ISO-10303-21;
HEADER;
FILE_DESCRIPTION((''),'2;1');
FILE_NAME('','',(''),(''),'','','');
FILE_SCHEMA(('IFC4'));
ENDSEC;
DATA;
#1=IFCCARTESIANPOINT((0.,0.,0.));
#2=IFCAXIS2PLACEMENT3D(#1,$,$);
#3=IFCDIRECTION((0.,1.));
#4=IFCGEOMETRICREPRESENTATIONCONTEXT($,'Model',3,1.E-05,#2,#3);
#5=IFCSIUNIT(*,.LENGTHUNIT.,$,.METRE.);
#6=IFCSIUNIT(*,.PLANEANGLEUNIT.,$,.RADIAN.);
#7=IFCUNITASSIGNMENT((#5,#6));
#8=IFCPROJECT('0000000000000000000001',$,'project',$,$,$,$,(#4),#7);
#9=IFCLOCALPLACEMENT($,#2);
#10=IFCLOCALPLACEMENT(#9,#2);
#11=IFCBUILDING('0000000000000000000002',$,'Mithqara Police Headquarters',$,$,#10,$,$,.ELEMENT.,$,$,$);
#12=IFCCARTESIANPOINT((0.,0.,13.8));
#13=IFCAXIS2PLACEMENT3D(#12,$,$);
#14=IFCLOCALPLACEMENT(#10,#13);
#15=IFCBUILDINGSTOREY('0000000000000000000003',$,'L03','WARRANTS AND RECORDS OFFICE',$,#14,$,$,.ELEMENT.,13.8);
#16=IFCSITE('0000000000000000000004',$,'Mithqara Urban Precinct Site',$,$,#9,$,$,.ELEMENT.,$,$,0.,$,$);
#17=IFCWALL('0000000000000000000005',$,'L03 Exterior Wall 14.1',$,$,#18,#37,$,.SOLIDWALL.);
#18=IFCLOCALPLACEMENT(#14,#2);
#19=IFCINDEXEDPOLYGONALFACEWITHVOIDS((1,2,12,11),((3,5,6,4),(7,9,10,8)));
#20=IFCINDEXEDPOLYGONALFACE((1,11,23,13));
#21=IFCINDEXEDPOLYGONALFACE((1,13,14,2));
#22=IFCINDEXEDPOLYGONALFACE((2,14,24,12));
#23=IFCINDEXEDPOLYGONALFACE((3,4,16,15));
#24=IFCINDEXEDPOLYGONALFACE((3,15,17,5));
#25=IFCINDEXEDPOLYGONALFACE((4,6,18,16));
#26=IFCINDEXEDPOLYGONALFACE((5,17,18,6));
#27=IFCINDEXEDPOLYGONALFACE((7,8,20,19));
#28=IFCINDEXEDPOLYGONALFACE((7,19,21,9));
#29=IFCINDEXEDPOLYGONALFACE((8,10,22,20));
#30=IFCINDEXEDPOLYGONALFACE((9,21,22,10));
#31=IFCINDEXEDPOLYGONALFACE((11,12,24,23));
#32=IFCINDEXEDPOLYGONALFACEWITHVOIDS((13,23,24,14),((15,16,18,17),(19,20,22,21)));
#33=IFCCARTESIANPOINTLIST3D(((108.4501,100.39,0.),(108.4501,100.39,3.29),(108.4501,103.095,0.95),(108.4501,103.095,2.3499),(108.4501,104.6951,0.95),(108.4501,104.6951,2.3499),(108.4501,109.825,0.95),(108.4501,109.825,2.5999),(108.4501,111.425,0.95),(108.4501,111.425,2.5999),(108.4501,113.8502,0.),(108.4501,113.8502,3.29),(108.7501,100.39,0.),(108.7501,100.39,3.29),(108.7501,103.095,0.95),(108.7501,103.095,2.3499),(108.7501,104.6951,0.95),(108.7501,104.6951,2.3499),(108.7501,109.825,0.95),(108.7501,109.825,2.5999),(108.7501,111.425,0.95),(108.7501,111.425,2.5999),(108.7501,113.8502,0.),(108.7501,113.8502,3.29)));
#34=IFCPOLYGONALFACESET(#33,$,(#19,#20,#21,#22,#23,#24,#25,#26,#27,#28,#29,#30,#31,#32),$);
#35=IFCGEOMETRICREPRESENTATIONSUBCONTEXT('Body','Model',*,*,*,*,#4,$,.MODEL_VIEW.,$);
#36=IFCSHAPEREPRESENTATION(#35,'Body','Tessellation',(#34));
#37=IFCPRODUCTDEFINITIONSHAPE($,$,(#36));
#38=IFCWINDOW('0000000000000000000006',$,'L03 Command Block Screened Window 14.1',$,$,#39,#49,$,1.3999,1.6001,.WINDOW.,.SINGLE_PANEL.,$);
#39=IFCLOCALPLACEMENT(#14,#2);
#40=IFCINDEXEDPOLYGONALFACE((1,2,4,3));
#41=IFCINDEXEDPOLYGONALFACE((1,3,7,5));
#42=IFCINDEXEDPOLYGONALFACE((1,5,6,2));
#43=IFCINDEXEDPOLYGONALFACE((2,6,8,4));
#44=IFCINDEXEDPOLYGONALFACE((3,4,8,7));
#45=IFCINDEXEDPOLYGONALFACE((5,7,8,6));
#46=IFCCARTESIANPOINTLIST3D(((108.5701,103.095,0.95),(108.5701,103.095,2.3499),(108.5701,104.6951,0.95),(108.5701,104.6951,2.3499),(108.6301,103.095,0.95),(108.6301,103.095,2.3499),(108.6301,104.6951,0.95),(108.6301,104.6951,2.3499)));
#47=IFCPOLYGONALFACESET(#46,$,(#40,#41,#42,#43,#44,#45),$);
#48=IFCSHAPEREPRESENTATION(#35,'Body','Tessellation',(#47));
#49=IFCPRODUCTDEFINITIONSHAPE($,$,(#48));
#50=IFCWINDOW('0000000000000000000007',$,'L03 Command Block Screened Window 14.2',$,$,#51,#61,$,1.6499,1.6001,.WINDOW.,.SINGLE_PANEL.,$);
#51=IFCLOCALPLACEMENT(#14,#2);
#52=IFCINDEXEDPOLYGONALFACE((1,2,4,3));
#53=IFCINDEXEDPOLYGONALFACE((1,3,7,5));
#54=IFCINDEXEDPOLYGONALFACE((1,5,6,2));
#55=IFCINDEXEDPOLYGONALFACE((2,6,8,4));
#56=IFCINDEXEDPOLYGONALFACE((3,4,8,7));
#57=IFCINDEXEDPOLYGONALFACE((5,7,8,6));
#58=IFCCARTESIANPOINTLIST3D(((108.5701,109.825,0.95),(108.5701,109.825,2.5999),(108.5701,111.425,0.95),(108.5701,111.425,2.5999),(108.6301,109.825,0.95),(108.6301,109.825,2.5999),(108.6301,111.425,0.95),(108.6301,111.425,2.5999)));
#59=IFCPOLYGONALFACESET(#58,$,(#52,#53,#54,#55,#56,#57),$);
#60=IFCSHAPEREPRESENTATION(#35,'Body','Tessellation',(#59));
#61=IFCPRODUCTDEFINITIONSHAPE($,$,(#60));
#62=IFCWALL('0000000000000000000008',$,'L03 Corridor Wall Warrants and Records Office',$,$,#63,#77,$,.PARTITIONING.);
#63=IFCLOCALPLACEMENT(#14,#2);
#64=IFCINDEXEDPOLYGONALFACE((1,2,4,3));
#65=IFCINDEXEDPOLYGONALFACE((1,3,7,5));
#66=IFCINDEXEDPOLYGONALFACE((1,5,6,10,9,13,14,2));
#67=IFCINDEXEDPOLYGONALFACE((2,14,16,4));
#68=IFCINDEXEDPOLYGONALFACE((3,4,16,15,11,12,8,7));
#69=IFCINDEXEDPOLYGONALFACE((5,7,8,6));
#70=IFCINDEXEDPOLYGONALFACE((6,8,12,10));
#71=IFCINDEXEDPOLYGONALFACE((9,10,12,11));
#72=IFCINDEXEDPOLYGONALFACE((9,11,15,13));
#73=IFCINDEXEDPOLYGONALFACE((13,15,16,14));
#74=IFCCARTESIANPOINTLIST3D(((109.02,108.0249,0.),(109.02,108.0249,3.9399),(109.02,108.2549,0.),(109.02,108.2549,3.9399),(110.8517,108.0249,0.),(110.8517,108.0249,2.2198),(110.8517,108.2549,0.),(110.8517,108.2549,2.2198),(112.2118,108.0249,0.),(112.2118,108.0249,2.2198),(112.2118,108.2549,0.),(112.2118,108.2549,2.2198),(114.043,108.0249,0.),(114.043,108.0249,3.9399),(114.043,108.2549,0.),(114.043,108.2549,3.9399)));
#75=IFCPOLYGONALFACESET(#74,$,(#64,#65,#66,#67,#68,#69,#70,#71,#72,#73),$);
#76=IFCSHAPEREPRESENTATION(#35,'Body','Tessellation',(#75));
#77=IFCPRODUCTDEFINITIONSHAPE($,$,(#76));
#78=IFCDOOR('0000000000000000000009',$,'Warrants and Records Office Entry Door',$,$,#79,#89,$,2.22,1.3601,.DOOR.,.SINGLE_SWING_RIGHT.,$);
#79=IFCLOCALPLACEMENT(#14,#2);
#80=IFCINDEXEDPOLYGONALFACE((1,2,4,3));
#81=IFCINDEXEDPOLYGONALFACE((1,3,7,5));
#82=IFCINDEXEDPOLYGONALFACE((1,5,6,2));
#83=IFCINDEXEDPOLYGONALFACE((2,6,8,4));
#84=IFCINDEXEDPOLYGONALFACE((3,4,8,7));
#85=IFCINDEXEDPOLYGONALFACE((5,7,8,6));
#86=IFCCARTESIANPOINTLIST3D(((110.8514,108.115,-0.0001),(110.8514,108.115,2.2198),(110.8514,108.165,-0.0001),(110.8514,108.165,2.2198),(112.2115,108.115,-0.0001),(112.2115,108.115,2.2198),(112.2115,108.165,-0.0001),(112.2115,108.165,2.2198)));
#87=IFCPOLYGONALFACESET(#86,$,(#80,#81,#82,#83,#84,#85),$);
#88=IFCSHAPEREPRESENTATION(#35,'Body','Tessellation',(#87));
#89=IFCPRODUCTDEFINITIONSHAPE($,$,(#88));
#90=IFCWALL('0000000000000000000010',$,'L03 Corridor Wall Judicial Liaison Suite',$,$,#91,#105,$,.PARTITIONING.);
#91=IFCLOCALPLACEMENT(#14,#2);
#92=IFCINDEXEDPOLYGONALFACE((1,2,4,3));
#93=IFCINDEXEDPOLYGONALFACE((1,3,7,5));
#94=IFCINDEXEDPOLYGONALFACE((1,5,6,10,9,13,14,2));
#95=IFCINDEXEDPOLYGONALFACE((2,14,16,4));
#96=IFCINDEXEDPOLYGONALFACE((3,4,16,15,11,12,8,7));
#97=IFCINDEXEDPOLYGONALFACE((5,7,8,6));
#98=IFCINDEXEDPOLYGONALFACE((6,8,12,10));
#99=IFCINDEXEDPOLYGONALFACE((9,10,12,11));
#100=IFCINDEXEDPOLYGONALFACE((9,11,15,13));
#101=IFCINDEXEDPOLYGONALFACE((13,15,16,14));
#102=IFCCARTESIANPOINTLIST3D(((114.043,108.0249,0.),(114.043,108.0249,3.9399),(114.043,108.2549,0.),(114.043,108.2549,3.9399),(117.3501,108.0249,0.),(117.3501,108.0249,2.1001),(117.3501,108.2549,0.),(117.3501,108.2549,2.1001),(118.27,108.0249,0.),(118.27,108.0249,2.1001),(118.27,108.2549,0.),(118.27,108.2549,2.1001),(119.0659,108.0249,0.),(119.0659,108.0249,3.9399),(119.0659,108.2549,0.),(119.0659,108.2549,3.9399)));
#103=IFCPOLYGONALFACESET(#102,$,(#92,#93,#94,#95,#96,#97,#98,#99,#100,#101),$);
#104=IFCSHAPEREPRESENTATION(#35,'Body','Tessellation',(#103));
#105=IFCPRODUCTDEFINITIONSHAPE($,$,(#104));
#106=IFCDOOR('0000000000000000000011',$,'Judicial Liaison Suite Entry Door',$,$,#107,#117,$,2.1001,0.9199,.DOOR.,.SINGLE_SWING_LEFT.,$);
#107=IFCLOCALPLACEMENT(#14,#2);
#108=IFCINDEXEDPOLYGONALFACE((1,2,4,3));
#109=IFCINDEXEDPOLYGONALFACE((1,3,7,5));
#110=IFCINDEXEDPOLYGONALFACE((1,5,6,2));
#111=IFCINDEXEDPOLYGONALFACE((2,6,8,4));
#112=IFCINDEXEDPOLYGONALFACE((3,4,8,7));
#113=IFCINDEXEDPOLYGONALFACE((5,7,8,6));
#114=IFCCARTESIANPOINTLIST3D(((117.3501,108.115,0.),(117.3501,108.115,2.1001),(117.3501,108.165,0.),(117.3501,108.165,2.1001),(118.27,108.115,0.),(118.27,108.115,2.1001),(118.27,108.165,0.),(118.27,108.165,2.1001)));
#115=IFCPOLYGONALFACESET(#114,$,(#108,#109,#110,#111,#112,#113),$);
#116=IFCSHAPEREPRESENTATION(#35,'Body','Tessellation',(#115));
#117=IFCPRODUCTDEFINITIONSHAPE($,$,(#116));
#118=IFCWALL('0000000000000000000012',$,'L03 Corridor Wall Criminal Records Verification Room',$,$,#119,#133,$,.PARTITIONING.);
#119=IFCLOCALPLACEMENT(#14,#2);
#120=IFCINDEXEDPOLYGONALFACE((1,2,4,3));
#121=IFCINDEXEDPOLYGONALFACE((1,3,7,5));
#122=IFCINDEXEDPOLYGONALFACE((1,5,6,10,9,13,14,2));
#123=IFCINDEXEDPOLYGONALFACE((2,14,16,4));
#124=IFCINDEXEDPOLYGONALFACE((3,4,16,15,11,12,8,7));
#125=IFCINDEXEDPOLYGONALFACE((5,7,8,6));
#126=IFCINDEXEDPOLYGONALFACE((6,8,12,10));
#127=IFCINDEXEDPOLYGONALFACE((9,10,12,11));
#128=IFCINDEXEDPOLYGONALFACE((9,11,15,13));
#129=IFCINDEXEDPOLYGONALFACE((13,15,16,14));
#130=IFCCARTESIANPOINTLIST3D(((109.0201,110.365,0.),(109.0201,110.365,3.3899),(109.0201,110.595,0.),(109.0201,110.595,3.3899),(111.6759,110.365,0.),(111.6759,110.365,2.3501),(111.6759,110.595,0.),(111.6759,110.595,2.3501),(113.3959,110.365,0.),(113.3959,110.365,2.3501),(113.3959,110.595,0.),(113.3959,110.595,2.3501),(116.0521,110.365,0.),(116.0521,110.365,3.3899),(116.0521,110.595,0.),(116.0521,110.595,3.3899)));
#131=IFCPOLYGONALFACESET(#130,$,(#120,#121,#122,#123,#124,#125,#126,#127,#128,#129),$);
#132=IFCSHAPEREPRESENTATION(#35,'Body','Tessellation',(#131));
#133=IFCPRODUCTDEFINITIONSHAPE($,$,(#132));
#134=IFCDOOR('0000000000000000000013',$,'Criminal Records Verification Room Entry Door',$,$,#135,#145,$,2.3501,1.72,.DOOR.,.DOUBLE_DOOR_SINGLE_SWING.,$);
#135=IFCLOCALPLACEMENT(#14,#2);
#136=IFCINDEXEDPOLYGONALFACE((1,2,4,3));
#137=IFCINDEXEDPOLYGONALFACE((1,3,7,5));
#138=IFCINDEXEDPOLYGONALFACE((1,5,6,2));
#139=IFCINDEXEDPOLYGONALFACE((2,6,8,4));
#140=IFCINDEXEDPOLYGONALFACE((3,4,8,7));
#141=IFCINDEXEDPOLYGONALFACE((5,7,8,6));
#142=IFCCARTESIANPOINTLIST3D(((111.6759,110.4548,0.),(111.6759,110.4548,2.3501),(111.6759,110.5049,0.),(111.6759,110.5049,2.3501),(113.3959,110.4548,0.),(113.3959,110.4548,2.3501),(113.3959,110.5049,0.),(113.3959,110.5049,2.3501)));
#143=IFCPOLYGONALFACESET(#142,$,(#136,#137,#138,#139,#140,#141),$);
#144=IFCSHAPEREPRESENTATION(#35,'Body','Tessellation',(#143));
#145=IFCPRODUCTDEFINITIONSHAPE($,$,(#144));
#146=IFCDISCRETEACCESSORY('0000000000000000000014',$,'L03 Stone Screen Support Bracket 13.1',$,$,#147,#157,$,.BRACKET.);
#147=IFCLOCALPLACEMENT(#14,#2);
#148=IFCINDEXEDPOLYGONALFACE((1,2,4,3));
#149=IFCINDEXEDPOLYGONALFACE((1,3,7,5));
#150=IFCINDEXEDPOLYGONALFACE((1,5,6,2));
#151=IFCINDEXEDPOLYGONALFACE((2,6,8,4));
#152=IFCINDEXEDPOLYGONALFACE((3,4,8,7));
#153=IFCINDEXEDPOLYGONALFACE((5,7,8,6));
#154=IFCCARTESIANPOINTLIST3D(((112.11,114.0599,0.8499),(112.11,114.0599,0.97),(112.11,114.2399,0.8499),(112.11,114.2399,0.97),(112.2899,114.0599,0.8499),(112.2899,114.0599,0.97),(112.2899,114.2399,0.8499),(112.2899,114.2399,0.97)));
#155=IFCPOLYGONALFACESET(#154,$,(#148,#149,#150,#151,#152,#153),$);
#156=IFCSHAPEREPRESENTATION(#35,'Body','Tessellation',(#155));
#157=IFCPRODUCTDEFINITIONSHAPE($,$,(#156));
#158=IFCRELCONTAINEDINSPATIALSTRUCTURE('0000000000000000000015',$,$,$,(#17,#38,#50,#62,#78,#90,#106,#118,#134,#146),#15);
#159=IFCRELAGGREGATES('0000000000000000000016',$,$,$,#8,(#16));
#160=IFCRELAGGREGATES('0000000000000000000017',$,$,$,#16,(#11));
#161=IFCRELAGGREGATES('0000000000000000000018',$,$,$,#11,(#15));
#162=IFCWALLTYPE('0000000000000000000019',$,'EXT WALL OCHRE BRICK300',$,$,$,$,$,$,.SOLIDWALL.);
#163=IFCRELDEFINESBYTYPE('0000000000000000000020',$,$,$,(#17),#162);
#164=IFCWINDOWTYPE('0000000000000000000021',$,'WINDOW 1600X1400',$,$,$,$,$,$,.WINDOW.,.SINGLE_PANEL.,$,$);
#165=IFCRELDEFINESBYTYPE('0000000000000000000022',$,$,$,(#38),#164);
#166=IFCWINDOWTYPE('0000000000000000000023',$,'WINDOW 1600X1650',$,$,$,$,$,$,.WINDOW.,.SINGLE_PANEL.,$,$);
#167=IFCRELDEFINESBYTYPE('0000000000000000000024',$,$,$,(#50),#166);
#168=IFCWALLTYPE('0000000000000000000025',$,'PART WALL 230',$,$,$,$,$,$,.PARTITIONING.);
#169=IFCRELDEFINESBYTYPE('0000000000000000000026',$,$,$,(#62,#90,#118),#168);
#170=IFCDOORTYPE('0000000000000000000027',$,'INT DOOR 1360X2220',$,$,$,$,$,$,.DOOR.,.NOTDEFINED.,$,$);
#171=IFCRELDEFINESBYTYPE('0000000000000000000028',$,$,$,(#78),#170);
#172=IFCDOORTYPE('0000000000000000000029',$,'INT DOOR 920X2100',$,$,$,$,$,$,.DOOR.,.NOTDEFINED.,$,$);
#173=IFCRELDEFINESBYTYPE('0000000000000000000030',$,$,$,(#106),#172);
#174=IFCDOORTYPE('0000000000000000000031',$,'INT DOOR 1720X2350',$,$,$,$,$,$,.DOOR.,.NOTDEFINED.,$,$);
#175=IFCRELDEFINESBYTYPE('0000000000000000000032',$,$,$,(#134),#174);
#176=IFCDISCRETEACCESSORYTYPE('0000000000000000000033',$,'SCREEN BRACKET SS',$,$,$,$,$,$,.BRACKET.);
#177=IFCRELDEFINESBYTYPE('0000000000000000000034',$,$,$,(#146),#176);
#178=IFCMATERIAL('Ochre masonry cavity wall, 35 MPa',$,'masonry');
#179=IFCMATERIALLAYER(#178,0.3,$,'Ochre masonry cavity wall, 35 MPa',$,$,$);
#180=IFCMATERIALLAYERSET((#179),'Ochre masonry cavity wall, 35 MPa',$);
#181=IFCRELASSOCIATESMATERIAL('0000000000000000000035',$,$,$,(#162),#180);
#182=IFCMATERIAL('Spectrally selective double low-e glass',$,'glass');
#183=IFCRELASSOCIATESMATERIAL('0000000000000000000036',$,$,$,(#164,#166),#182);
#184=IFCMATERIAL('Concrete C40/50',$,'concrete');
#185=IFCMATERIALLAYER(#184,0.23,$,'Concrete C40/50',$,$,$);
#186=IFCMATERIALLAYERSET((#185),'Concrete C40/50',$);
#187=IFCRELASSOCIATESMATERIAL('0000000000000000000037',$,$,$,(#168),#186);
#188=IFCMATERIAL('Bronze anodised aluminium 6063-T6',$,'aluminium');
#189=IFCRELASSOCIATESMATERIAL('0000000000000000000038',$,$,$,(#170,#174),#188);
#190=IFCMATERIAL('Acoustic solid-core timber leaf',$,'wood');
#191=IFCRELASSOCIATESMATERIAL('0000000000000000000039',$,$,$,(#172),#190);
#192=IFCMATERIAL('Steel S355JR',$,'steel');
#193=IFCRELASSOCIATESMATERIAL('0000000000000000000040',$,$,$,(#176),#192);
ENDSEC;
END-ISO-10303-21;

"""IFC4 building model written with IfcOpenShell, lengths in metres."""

from ifc_helpers import new_model, si_unit, direction, frame, frame_2d, origin, origin_2d, place, context, subcontext, project, spatial, rectangle, extrude, material, layer, layer_set, type_object, element, fill, save


model = new_model("IFC4")

# Units and contexts
model_context = context("Model", 3, precision=1e-05, world=origin(), true_north=direction((0.0, 1.0)))
body_context = subcontext(model_context, "Body", "Model", "MODEL_VIEW")
ifc_project = project(units=[si_unit("LENGTHUNIT", "METRE"), si_unit("PLANEANGLEUNIT", "RADIAN")], contexts=[model_context])

# Site, building, storey
site_placement = place(None, origin())
site = spatial("IfcSite", under=ifc_project, at=site_placement, Name="Mithqara Urban Precinct Site", CompositionType="ELEMENT", RefElevation=0.0)
building_placement = place(site_placement, origin())
building = spatial("IfcBuilding", under=site, at=building_placement, Name="Mithqara Police Headquarters", CompositionType="ELEMENT")
storey_placement = place(building_placement, frame((0.0, 0.0, 13.8)))
storey = spatial("IfcBuildingStorey", under=building, at=storey_placement, Name="L03", Description="WARRANTS AND RECORDS OFFICE", CompositionType="ELEMENT", Elevation=13.8)

# Shared definitions
ifc_material_1 = material(Name="Steel S355JR", Category="steel")
ifc_material_2 = material(Name="Concrete C40/50", Category="concrete")

# Wall, openings, windows
ifc_material_3 = material(Name="Ochre masonry cavity wall, 35 MPa", Category="masonry")
ifc_layer_1 = layer(ifc_material_3, 0.3, Name="Ochre masonry cavity wall, 35 MPa")
ifc_layer_set_1 = layer_set([ifc_layer_1], Name="Ochre masonry cavity wall, 35 MPa")
wall_type_1 = type_object("IfcWallType", Name="EXT WALL OCHRE BRICK300", PredefinedType="SOLIDWALL", material=ifc_layer_set_1)
wall_1_placement = place(storey_placement, frame((108.6001, 113.8501, 0.0), z_axis=(0.0, 0.0, 1.0), x_axis=(0.0, -1.0, 0.0)))
wall_1 = element("IfcWall", 1, at=wall_1_placement, inside=storey, type_object=wall_type_1, Name="L03 Exterior Wall 14.1", PredefinedType="SOLIDWALL", context=body_context, shape_type="SweptSolid", body=[
    extrude(rectangle(XDim=13.4602, YDim=0.3, at=frame_2d((6.73, 0.0))), origin(), (0.0, 0.0, 1.0), 3.29),
])
opening_1_placement = place(wall_1_placement, frame((9.155, 0.0, 0.95)))
opening_1 = element("IfcOpeningElement", 2, at=opening_1_placement, cuts=wall_1, PredefinedType="OPENING", context=body_context, shape_type="SweptSolid", body=[
    extrude(rectangle(XDim=1.6001, YDim=1.3999, at=frame_2d((0.8, 0.7))), frame((0.0, 0.1602, 0.0), z_axis=(0.0, -1.0, 0.0), x_axis=(1.0, 0.0, 0.0)), (0.0, 0.0, 1.0), 0.3201),
])
opening_2_placement = place(wall_1_placement, frame((2.425, 0.0, 0.95)))
opening_2 = element("IfcOpeningElement", 3, at=opening_2_placement, cuts=wall_1, PredefinedType="OPENING", context=body_context, shape_type="SweptSolid", body=[
    extrude(rectangle(XDim=1.6001, YDim=1.6499, at=frame_2d((0.8, 0.825))), frame((0.0, 0.1602, 0.0), z_axis=(0.0, -1.0, 0.0), x_axis=(1.0, 0.0, 0.0)), (0.0, 0.0, 1.0), 0.3201),
])
ifc_material_4 = material(Name="Spectrally selective double low-e glass", Category="glass")
window_type_1 = type_object("IfcWindowType", Name="WINDOW 1600X1400", PartitioningType="SINGLE_PANEL", PredefinedType="WINDOW", material=ifc_material_4)
window_1_placement = place(opening_1_placement, origin())
window_1 = element("IfcWindow", 4, at=window_1_placement, inside=storey, type_object=window_type_1, Name="L03 Command Block Screened Window 14.1", OverallHeight=1.3999, OverallWidth=1.6001, PartitioningType="SINGLE_PANEL", PredefinedType="WINDOW", context=body_context, shape_type="SweptSolid", body=[
    extrude(rectangle(XDim=1.6001, YDim=1.3999, at=frame_2d((0.8, 0.7))), frame((0.0, 0.03, 0.0), z_axis=(0.0, -1.0, 0.0), x_axis=(1.0, 0.0, 0.0)), (0.0, 0.0, 1.0), 0.0601),
])
fill(opening_1, window_1)
window_type_2 = type_object("IfcWindowType", Name="WINDOW 1600X1650", PartitioningType="SINGLE_PANEL", PredefinedType="WINDOW", material=ifc_material_4)
window_2_placement = place(opening_2_placement, origin())
window_2 = element("IfcWindow", 5, at=window_2_placement, inside=storey, type_object=window_type_2, Name="L03 Command Block Screened Window 14.2", OverallHeight=1.6499, OverallWidth=1.6001, PartitioningType="SINGLE_PANEL", PredefinedType="WINDOW", context=body_context, shape_type="SweptSolid", body=[
    extrude(rectangle(XDim=1.6001, YDim=1.6499, at=frame_2d((0.8, 0.825))), frame((0.0, 0.03, 0.0), z_axis=(0.0, -1.0, 0.0), x_axis=(1.0, 0.0, 0.0)), (0.0, 0.0, 1.0), 0.0601),
])
fill(opening_2, window_2)

# Walls, openings, doors
ifc_layer_2 = layer(ifc_material_2, 0.23, Name="Concrete C40/50")
ifc_layer_set_2 = layer_set([ifc_layer_2], Name="Concrete C40/50")
wall_type_2 = type_object("IfcWallType", Name="PART WALL 230", PredefinedType="PARTITIONING", material=ifc_layer_set_2)
wall_2_placement = place(storey_placement, frame((109.02, 108.1399, 0.0), z_axis=(0.0, 0.0, 1.0), x_axis=(1.0, 0.0, 0.0)))
wall_2 = element("IfcWall", 6, at=wall_2_placement, inside=storey, type_object=wall_type_2, Name="L03 Corridor Wall Warrants and Records Office", PredefinedType="PARTITIONING", context=body_context, shape_type="SweptSolid", body=[
    extrude(rectangle(XDim=5.0229, YDim=0.23, at=frame_2d((2.5115, 0.0))), origin(), (0.0, 0.0, 1.0), 3.9399),
])
opening_3_placement = place(wall_2_placement, frame((1.8315, 0.0, 0.0)))
opening_3 = element("IfcOpeningElement", 7, at=opening_3_placement, cuts=wall_2, PredefinedType="OPENING", context=body_context, shape_type="SweptSolid", body=[
    extrude(rectangle(XDim=1.3601, YDim=2.22, at=frame_2d((0.6802, 1.1099))), frame((0.0, 0.125, 0.0), z_axis=(0.0, -1.0, 0.0), x_axis=(1.0, 0.0, 0.0)), (0.0, 0.0, 1.0), 0.25),
])
ifc_material_5 = material(Name="Bronze anodised aluminium 6063-T6", Category="aluminium")
door_type_1 = type_object("IfcDoorType", Name="INT DOOR 1360X2220", OperationType="NOTDEFINED", PredefinedType="DOOR", material=ifc_material_5)
door_1_placement = place(opening_3_placement, frame((1.3601, 0.0, 0.0), z_axis=(0.0, 0.0, 1.0), x_axis=(-1.0, 0.0, 0.0)))
door_1 = element("IfcDoor", 8, at=door_1_placement, inside=storey, type_object=door_type_1, Name="Warrants and Records Office Entry Door", OperationType="SINGLE_SWING_RIGHT", OverallHeight=2.22, OverallWidth=1.3601, PredefinedType="DOOR", context=body_context, shape_type="SweptSolid", body=[
    extrude(rectangle(XDim=1.3601, YDim=2.22, at=frame_2d((0.6802, 1.1099))), frame((0.0, 0.0249, 0.0), z_axis=(0.0, -1.0, 0.0), x_axis=(1.0, 0.0, 0.0)), (0.0, 0.0, 1.0), 0.05),
])
fill(opening_3, door_1)
wall_3_placement = place(storey_placement, frame((114.043, 108.1399, 0.0), z_axis=(0.0, 0.0, 1.0), x_axis=(1.0, 0.0, 0.0)))
wall_3 = element("IfcWall", 9, at=wall_3_placement, inside=storey, type_object=wall_type_2, Name="L03 Corridor Wall Judicial Liaison Suite", PredefinedType="PARTITIONING", context=body_context, shape_type="SweptSolid", body=[
    extrude(rectangle(XDim=5.0229, YDim=0.23, at=frame_2d((2.5115, 0.0))), origin(), (0.0, 0.0, 1.0), 3.9399),
])
opening_4_placement = place(wall_3_placement, frame((3.3071, 0.0, 0.0)))
opening_4 = element("IfcOpeningElement", 10, at=opening_4_placement, cuts=wall_3, PredefinedType="OPENING", context=body_context, shape_type="SweptSolid", body=[
    extrude(rectangle(XDim=0.9199, YDim=2.1001, at=frame_2d((0.46, 1.05))), frame((0.0, 0.125, 0.0), z_axis=(0.0, -1.0, 0.0), x_axis=(1.0, 0.0, 0.0)), (0.0, 0.0, 1.0), 0.25),
])
ifc_material_6 = material(Name="Acoustic solid-core timber leaf", Category="wood")
door_type_2 = type_object("IfcDoorType", Name="INT DOOR 920X2100", OperationType="NOTDEFINED", PredefinedType="DOOR", material=ifc_material_6)
door_2_placement = place(opening_4_placement, frame((0.9199, 0.0, 0.0), z_axis=(0.0, 0.0, 1.0), x_axis=(-1.0, 0.0, 0.0)))
door_2 = element("IfcDoor", 11, at=door_2_placement, inside=storey, type_object=door_type_2, Name="Judicial Liaison Suite Entry Door", OperationType="SINGLE_SWING_LEFT", OverallHeight=2.1001, OverallWidth=0.9199, PredefinedType="DOOR", context=body_context, shape_type="SweptSolid", body=[
    extrude(rectangle(XDim=0.9199, YDim=2.1001, at=frame_2d((0.46, 1.05))), frame((0.0, 0.0249, 0.0), z_axis=(0.0, -1.0, 0.0), x_axis=(1.0, 0.0, 0.0)), (0.0, 0.0, 1.0), 0.05),
])
fill(opening_4, door_2)
wall_4_placement = place(storey_placement, frame((109.02, 110.48, 0.0), z_axis=(0.0, 0.0, 1.0), x_axis=(1.0, 0.0, 0.0)))
wall_4 = element("IfcWall", 12, at=wall_4_placement, inside=storey, type_object=wall_type_2, Name="L03 Corridor Wall Criminal Records Verification Room", PredefinedType="PARTITIONING", context=body_context, shape_type="SweptSolid", body=[
    extrude(rectangle(XDim=7.032, YDim=0.23, at=frame_2d((3.5161, 0.0))), origin(), (0.0, 0.0, 1.0), 3.3899),
])
opening_5_placement = place(wall_4_placement, frame((2.656, 0.0, 0.0)))
opening_5 = element("IfcOpeningElement", 13, at=opening_5_placement, cuts=wall_4, PredefinedType="OPENING", context=body_context, shape_type="SweptSolid", body=[
    extrude(rectangle(XDim=1.72, YDim=2.3501, at=frame_2d((0.8599, 1.175))), frame((0.0, 0.125, 0.0), z_axis=(0.0, -1.0, 0.0), x_axis=(1.0, 0.0, 0.0)), (0.0, 0.0, 1.0), 0.25),
])
door_type_3 = type_object("IfcDoorType", Name="INT DOOR 1720X2350", OperationType="NOTDEFINED", PredefinedType="DOOR", material=ifc_material_5)
door_3_placement = place(opening_5_placement, origin())
door_3 = element("IfcDoor", 14, at=door_3_placement, inside=storey, type_object=door_type_3, Name="Criminal Records Verification Room Entry Door", OperationType="DOUBLE_DOOR_SINGLE_SWING", OverallHeight=2.3501, OverallWidth=1.72, PredefinedType="DOOR", context=body_context, shape_type="SweptSolid", body=[
    extrude(rectangle(XDim=1.72, YDim=2.3501, at=frame_2d((0.8599, 1.175))), frame((0.0, 0.0249, 0.0), z_axis=(0.0, -1.0, 0.0), x_axis=(1.0, 0.0, 0.0)), (0.0, 0.0, 1.0), 0.05),
])
fill(opening_5, door_3)

# Discrete accessory
discrete_accessory_type = type_object("IfcDiscreteAccessoryType", Name="SCREEN BRACKET SS", PredefinedType="BRACKET", material=ifc_material_1)
for number, where, z_axis, x_axis, name in (
    (15, (112.2, 114.1499, 0.8499), (0.0, 0.0, 1.0), (1.0, 0.0, 0.0), "L03 Stone Screen Support Bracket 13.1"),
):
    element("IfcDiscreteAccessory", number, at=place(storey_placement, frame(where, z_axis=z_axis, x_axis=x_axis)), inside=storey, type_object=discrete_accessory_type, Name=name, PredefinedType="BRACKET", context=body_context, shape_type="SweptSolid", body=[
        extrude(rectangle(XDim=0.1799, YDim=0.1799, at=origin_2d()), origin(), (0.0, 0.0, 1.0), 0.1201),
    ])

save(model, "model.ifc")
